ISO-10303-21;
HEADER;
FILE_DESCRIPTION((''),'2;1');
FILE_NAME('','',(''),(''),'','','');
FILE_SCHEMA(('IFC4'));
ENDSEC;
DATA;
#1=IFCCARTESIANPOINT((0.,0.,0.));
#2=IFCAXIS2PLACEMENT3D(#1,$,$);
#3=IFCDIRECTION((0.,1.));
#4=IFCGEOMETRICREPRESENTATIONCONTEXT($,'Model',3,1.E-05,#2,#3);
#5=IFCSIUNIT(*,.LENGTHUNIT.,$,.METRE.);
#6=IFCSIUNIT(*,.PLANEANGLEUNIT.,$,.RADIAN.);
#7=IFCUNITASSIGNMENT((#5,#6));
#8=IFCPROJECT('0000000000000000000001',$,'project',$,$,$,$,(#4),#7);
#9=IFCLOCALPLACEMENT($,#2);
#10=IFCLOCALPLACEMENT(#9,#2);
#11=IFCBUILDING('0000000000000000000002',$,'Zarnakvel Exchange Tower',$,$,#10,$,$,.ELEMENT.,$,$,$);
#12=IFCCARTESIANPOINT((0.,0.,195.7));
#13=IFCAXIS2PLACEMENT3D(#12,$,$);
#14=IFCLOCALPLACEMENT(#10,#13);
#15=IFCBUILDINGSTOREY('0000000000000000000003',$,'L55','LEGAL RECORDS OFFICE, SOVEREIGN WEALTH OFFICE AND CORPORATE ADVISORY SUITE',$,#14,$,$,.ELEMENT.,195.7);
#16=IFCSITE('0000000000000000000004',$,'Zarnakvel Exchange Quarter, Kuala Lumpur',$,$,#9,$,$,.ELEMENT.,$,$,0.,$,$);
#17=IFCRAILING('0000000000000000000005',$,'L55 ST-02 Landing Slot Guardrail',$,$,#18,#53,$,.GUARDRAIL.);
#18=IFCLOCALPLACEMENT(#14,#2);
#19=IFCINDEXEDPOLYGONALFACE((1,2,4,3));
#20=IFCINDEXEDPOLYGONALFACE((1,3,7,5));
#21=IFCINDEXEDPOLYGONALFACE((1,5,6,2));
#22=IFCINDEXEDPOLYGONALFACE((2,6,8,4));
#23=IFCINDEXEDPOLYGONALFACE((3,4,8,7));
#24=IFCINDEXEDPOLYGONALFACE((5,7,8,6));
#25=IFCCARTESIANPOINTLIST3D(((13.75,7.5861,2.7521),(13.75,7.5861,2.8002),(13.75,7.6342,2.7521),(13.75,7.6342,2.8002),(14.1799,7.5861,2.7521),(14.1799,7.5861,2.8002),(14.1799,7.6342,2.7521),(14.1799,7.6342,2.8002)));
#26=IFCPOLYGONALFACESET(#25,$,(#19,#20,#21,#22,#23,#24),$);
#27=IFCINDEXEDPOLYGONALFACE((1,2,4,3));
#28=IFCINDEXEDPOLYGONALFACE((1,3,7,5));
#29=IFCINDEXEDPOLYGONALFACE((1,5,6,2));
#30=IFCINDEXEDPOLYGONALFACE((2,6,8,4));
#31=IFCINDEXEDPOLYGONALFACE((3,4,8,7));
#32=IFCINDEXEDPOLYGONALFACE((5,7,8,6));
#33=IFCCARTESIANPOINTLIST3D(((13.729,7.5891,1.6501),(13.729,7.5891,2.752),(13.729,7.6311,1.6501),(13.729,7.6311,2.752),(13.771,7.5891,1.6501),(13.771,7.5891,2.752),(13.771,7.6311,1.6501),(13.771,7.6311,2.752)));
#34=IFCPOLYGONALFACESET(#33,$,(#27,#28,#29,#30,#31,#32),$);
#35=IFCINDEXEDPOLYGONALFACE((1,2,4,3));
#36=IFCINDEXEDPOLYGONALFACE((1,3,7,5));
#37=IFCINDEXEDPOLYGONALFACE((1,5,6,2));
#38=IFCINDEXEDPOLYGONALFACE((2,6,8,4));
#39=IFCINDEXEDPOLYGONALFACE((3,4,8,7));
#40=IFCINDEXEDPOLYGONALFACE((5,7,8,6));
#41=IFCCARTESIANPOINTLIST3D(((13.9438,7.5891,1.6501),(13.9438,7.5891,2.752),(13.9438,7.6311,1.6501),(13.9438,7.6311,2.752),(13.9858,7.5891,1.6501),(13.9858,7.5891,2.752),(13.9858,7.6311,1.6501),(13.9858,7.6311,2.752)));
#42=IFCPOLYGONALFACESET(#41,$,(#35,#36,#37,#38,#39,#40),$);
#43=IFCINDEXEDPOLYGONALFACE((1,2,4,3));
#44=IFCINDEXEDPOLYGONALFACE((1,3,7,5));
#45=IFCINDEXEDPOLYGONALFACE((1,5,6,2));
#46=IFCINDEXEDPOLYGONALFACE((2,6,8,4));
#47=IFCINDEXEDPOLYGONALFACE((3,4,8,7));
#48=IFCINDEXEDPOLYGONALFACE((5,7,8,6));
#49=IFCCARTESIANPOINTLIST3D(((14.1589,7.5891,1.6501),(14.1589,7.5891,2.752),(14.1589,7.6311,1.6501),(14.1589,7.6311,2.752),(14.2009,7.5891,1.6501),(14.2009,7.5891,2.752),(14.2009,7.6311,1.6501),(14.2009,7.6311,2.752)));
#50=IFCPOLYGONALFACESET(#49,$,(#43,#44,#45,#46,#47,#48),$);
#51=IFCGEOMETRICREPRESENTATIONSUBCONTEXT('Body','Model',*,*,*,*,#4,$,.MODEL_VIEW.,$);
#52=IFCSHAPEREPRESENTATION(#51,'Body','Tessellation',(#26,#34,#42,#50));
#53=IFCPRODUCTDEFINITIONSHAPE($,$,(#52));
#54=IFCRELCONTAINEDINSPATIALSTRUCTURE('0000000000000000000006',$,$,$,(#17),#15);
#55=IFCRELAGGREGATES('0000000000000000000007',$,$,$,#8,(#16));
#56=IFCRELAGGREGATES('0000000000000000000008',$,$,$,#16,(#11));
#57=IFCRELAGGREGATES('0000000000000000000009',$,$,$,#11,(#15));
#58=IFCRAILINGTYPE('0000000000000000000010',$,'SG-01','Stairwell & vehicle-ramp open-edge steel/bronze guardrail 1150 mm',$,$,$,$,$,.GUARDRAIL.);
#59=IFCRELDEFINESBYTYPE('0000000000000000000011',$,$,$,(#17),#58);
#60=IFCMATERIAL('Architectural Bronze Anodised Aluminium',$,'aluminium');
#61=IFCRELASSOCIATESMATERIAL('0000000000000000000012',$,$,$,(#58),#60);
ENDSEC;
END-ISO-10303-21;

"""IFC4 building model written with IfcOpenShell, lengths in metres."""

from ifc_helpers import new_model, si_unit, direction, frame, origin, origin_2d, place, context, subcontext, project, spatial, rectangle, extrude, material, type_object, element, save


model = new_model("IFC4")

# Units and contexts
model_context = context("Model", 3, precision=1e-05, world=origin(), true_north=direction((0.0, 1.0)))
body_context = subcontext(model_context, "Body", "Model", "MODEL_VIEW")
ifc_project = project(units=[si_unit("LENGTHUNIT", "METRE"), si_unit("PLANEANGLEUNIT", "RADIAN")], contexts=[model_context])

# Site, building, storey
site_placement = place(None, origin())
site = spatial("IfcSite", under=ifc_project, at=site_placement, Name="Zarnakvel Exchange Quarter, Kuala Lumpur", CompositionType="ELEMENT", RefElevation=0.0)
building_placement = place(site_placement, origin())
building = spatial("IfcBuilding", under=site, at=building_placement, Name="Zarnakvel Exchange Tower", CompositionType="ELEMENT")
storey_placement = place(building_placement, frame((0.0, 0.0, 195.7)))
storey = spatial("IfcBuildingStorey", under=building, at=storey_placement, Name="L55", Description="LEGAL RECORDS OFFICE, SOVEREIGN WEALTH OFFICE AND CORPORATE ADVISORY SUITE", CompositionType="ELEMENT", Elevation=195.7)

# Shared definitions
ifc_material_1 = material(Name="Architectural Bronze Anodised Aluminium", Category="aluminium")

# Railing
railing_type_1 = type_object("IfcRailingType", Name="SG-01", Description="Stairwell & vehicle-ramp open-edge steel/bronze guardrail 1150 mm", PredefinedType="GUARDRAIL", material=ifc_material_1)
railing_1_placement = place(storey_placement, frame((13.75, 7.6101, 1.6501)))
element("IfcRailing", 1, at=railing_1_placement, inside=storey, type_object=railing_type_1, Name="L55 ST-02 Landing Slot Guardrail", PredefinedType="GUARDRAIL", context=body_context, shape_type="SweptSolid", body=[
    extrude(rectangle(XDim=0.0481, YDim=0.0481, at=origin_2d()), frame((0.0, 0.0, 1.126), z_axis=(1.0, 0.0, 0.0), x_axis=(0.0, 1.0, 0.0)), (0.0, 0.0, 1.0), 0.4299),
    extrude(rectangle(XDim=0.042, YDim=0.042, at=origin_2d()), origin(), (0.0, 0.0, 1.0), 1.1018),
    extrude(rectangle(XDim=0.042, YDim=0.042, at=origin_2d()), frame((0.2148, 0.0, 0.0)), (0.0, 0.0, 1.0), 1.1018),
    extrude(rectangle(XDim=0.042, YDim=0.042, at=origin_2d()), frame((0.4299, 0.0, 0.0)), (0.0, 0.0, 1.0), 1.1018),
])

save(model, "model.ifc")
